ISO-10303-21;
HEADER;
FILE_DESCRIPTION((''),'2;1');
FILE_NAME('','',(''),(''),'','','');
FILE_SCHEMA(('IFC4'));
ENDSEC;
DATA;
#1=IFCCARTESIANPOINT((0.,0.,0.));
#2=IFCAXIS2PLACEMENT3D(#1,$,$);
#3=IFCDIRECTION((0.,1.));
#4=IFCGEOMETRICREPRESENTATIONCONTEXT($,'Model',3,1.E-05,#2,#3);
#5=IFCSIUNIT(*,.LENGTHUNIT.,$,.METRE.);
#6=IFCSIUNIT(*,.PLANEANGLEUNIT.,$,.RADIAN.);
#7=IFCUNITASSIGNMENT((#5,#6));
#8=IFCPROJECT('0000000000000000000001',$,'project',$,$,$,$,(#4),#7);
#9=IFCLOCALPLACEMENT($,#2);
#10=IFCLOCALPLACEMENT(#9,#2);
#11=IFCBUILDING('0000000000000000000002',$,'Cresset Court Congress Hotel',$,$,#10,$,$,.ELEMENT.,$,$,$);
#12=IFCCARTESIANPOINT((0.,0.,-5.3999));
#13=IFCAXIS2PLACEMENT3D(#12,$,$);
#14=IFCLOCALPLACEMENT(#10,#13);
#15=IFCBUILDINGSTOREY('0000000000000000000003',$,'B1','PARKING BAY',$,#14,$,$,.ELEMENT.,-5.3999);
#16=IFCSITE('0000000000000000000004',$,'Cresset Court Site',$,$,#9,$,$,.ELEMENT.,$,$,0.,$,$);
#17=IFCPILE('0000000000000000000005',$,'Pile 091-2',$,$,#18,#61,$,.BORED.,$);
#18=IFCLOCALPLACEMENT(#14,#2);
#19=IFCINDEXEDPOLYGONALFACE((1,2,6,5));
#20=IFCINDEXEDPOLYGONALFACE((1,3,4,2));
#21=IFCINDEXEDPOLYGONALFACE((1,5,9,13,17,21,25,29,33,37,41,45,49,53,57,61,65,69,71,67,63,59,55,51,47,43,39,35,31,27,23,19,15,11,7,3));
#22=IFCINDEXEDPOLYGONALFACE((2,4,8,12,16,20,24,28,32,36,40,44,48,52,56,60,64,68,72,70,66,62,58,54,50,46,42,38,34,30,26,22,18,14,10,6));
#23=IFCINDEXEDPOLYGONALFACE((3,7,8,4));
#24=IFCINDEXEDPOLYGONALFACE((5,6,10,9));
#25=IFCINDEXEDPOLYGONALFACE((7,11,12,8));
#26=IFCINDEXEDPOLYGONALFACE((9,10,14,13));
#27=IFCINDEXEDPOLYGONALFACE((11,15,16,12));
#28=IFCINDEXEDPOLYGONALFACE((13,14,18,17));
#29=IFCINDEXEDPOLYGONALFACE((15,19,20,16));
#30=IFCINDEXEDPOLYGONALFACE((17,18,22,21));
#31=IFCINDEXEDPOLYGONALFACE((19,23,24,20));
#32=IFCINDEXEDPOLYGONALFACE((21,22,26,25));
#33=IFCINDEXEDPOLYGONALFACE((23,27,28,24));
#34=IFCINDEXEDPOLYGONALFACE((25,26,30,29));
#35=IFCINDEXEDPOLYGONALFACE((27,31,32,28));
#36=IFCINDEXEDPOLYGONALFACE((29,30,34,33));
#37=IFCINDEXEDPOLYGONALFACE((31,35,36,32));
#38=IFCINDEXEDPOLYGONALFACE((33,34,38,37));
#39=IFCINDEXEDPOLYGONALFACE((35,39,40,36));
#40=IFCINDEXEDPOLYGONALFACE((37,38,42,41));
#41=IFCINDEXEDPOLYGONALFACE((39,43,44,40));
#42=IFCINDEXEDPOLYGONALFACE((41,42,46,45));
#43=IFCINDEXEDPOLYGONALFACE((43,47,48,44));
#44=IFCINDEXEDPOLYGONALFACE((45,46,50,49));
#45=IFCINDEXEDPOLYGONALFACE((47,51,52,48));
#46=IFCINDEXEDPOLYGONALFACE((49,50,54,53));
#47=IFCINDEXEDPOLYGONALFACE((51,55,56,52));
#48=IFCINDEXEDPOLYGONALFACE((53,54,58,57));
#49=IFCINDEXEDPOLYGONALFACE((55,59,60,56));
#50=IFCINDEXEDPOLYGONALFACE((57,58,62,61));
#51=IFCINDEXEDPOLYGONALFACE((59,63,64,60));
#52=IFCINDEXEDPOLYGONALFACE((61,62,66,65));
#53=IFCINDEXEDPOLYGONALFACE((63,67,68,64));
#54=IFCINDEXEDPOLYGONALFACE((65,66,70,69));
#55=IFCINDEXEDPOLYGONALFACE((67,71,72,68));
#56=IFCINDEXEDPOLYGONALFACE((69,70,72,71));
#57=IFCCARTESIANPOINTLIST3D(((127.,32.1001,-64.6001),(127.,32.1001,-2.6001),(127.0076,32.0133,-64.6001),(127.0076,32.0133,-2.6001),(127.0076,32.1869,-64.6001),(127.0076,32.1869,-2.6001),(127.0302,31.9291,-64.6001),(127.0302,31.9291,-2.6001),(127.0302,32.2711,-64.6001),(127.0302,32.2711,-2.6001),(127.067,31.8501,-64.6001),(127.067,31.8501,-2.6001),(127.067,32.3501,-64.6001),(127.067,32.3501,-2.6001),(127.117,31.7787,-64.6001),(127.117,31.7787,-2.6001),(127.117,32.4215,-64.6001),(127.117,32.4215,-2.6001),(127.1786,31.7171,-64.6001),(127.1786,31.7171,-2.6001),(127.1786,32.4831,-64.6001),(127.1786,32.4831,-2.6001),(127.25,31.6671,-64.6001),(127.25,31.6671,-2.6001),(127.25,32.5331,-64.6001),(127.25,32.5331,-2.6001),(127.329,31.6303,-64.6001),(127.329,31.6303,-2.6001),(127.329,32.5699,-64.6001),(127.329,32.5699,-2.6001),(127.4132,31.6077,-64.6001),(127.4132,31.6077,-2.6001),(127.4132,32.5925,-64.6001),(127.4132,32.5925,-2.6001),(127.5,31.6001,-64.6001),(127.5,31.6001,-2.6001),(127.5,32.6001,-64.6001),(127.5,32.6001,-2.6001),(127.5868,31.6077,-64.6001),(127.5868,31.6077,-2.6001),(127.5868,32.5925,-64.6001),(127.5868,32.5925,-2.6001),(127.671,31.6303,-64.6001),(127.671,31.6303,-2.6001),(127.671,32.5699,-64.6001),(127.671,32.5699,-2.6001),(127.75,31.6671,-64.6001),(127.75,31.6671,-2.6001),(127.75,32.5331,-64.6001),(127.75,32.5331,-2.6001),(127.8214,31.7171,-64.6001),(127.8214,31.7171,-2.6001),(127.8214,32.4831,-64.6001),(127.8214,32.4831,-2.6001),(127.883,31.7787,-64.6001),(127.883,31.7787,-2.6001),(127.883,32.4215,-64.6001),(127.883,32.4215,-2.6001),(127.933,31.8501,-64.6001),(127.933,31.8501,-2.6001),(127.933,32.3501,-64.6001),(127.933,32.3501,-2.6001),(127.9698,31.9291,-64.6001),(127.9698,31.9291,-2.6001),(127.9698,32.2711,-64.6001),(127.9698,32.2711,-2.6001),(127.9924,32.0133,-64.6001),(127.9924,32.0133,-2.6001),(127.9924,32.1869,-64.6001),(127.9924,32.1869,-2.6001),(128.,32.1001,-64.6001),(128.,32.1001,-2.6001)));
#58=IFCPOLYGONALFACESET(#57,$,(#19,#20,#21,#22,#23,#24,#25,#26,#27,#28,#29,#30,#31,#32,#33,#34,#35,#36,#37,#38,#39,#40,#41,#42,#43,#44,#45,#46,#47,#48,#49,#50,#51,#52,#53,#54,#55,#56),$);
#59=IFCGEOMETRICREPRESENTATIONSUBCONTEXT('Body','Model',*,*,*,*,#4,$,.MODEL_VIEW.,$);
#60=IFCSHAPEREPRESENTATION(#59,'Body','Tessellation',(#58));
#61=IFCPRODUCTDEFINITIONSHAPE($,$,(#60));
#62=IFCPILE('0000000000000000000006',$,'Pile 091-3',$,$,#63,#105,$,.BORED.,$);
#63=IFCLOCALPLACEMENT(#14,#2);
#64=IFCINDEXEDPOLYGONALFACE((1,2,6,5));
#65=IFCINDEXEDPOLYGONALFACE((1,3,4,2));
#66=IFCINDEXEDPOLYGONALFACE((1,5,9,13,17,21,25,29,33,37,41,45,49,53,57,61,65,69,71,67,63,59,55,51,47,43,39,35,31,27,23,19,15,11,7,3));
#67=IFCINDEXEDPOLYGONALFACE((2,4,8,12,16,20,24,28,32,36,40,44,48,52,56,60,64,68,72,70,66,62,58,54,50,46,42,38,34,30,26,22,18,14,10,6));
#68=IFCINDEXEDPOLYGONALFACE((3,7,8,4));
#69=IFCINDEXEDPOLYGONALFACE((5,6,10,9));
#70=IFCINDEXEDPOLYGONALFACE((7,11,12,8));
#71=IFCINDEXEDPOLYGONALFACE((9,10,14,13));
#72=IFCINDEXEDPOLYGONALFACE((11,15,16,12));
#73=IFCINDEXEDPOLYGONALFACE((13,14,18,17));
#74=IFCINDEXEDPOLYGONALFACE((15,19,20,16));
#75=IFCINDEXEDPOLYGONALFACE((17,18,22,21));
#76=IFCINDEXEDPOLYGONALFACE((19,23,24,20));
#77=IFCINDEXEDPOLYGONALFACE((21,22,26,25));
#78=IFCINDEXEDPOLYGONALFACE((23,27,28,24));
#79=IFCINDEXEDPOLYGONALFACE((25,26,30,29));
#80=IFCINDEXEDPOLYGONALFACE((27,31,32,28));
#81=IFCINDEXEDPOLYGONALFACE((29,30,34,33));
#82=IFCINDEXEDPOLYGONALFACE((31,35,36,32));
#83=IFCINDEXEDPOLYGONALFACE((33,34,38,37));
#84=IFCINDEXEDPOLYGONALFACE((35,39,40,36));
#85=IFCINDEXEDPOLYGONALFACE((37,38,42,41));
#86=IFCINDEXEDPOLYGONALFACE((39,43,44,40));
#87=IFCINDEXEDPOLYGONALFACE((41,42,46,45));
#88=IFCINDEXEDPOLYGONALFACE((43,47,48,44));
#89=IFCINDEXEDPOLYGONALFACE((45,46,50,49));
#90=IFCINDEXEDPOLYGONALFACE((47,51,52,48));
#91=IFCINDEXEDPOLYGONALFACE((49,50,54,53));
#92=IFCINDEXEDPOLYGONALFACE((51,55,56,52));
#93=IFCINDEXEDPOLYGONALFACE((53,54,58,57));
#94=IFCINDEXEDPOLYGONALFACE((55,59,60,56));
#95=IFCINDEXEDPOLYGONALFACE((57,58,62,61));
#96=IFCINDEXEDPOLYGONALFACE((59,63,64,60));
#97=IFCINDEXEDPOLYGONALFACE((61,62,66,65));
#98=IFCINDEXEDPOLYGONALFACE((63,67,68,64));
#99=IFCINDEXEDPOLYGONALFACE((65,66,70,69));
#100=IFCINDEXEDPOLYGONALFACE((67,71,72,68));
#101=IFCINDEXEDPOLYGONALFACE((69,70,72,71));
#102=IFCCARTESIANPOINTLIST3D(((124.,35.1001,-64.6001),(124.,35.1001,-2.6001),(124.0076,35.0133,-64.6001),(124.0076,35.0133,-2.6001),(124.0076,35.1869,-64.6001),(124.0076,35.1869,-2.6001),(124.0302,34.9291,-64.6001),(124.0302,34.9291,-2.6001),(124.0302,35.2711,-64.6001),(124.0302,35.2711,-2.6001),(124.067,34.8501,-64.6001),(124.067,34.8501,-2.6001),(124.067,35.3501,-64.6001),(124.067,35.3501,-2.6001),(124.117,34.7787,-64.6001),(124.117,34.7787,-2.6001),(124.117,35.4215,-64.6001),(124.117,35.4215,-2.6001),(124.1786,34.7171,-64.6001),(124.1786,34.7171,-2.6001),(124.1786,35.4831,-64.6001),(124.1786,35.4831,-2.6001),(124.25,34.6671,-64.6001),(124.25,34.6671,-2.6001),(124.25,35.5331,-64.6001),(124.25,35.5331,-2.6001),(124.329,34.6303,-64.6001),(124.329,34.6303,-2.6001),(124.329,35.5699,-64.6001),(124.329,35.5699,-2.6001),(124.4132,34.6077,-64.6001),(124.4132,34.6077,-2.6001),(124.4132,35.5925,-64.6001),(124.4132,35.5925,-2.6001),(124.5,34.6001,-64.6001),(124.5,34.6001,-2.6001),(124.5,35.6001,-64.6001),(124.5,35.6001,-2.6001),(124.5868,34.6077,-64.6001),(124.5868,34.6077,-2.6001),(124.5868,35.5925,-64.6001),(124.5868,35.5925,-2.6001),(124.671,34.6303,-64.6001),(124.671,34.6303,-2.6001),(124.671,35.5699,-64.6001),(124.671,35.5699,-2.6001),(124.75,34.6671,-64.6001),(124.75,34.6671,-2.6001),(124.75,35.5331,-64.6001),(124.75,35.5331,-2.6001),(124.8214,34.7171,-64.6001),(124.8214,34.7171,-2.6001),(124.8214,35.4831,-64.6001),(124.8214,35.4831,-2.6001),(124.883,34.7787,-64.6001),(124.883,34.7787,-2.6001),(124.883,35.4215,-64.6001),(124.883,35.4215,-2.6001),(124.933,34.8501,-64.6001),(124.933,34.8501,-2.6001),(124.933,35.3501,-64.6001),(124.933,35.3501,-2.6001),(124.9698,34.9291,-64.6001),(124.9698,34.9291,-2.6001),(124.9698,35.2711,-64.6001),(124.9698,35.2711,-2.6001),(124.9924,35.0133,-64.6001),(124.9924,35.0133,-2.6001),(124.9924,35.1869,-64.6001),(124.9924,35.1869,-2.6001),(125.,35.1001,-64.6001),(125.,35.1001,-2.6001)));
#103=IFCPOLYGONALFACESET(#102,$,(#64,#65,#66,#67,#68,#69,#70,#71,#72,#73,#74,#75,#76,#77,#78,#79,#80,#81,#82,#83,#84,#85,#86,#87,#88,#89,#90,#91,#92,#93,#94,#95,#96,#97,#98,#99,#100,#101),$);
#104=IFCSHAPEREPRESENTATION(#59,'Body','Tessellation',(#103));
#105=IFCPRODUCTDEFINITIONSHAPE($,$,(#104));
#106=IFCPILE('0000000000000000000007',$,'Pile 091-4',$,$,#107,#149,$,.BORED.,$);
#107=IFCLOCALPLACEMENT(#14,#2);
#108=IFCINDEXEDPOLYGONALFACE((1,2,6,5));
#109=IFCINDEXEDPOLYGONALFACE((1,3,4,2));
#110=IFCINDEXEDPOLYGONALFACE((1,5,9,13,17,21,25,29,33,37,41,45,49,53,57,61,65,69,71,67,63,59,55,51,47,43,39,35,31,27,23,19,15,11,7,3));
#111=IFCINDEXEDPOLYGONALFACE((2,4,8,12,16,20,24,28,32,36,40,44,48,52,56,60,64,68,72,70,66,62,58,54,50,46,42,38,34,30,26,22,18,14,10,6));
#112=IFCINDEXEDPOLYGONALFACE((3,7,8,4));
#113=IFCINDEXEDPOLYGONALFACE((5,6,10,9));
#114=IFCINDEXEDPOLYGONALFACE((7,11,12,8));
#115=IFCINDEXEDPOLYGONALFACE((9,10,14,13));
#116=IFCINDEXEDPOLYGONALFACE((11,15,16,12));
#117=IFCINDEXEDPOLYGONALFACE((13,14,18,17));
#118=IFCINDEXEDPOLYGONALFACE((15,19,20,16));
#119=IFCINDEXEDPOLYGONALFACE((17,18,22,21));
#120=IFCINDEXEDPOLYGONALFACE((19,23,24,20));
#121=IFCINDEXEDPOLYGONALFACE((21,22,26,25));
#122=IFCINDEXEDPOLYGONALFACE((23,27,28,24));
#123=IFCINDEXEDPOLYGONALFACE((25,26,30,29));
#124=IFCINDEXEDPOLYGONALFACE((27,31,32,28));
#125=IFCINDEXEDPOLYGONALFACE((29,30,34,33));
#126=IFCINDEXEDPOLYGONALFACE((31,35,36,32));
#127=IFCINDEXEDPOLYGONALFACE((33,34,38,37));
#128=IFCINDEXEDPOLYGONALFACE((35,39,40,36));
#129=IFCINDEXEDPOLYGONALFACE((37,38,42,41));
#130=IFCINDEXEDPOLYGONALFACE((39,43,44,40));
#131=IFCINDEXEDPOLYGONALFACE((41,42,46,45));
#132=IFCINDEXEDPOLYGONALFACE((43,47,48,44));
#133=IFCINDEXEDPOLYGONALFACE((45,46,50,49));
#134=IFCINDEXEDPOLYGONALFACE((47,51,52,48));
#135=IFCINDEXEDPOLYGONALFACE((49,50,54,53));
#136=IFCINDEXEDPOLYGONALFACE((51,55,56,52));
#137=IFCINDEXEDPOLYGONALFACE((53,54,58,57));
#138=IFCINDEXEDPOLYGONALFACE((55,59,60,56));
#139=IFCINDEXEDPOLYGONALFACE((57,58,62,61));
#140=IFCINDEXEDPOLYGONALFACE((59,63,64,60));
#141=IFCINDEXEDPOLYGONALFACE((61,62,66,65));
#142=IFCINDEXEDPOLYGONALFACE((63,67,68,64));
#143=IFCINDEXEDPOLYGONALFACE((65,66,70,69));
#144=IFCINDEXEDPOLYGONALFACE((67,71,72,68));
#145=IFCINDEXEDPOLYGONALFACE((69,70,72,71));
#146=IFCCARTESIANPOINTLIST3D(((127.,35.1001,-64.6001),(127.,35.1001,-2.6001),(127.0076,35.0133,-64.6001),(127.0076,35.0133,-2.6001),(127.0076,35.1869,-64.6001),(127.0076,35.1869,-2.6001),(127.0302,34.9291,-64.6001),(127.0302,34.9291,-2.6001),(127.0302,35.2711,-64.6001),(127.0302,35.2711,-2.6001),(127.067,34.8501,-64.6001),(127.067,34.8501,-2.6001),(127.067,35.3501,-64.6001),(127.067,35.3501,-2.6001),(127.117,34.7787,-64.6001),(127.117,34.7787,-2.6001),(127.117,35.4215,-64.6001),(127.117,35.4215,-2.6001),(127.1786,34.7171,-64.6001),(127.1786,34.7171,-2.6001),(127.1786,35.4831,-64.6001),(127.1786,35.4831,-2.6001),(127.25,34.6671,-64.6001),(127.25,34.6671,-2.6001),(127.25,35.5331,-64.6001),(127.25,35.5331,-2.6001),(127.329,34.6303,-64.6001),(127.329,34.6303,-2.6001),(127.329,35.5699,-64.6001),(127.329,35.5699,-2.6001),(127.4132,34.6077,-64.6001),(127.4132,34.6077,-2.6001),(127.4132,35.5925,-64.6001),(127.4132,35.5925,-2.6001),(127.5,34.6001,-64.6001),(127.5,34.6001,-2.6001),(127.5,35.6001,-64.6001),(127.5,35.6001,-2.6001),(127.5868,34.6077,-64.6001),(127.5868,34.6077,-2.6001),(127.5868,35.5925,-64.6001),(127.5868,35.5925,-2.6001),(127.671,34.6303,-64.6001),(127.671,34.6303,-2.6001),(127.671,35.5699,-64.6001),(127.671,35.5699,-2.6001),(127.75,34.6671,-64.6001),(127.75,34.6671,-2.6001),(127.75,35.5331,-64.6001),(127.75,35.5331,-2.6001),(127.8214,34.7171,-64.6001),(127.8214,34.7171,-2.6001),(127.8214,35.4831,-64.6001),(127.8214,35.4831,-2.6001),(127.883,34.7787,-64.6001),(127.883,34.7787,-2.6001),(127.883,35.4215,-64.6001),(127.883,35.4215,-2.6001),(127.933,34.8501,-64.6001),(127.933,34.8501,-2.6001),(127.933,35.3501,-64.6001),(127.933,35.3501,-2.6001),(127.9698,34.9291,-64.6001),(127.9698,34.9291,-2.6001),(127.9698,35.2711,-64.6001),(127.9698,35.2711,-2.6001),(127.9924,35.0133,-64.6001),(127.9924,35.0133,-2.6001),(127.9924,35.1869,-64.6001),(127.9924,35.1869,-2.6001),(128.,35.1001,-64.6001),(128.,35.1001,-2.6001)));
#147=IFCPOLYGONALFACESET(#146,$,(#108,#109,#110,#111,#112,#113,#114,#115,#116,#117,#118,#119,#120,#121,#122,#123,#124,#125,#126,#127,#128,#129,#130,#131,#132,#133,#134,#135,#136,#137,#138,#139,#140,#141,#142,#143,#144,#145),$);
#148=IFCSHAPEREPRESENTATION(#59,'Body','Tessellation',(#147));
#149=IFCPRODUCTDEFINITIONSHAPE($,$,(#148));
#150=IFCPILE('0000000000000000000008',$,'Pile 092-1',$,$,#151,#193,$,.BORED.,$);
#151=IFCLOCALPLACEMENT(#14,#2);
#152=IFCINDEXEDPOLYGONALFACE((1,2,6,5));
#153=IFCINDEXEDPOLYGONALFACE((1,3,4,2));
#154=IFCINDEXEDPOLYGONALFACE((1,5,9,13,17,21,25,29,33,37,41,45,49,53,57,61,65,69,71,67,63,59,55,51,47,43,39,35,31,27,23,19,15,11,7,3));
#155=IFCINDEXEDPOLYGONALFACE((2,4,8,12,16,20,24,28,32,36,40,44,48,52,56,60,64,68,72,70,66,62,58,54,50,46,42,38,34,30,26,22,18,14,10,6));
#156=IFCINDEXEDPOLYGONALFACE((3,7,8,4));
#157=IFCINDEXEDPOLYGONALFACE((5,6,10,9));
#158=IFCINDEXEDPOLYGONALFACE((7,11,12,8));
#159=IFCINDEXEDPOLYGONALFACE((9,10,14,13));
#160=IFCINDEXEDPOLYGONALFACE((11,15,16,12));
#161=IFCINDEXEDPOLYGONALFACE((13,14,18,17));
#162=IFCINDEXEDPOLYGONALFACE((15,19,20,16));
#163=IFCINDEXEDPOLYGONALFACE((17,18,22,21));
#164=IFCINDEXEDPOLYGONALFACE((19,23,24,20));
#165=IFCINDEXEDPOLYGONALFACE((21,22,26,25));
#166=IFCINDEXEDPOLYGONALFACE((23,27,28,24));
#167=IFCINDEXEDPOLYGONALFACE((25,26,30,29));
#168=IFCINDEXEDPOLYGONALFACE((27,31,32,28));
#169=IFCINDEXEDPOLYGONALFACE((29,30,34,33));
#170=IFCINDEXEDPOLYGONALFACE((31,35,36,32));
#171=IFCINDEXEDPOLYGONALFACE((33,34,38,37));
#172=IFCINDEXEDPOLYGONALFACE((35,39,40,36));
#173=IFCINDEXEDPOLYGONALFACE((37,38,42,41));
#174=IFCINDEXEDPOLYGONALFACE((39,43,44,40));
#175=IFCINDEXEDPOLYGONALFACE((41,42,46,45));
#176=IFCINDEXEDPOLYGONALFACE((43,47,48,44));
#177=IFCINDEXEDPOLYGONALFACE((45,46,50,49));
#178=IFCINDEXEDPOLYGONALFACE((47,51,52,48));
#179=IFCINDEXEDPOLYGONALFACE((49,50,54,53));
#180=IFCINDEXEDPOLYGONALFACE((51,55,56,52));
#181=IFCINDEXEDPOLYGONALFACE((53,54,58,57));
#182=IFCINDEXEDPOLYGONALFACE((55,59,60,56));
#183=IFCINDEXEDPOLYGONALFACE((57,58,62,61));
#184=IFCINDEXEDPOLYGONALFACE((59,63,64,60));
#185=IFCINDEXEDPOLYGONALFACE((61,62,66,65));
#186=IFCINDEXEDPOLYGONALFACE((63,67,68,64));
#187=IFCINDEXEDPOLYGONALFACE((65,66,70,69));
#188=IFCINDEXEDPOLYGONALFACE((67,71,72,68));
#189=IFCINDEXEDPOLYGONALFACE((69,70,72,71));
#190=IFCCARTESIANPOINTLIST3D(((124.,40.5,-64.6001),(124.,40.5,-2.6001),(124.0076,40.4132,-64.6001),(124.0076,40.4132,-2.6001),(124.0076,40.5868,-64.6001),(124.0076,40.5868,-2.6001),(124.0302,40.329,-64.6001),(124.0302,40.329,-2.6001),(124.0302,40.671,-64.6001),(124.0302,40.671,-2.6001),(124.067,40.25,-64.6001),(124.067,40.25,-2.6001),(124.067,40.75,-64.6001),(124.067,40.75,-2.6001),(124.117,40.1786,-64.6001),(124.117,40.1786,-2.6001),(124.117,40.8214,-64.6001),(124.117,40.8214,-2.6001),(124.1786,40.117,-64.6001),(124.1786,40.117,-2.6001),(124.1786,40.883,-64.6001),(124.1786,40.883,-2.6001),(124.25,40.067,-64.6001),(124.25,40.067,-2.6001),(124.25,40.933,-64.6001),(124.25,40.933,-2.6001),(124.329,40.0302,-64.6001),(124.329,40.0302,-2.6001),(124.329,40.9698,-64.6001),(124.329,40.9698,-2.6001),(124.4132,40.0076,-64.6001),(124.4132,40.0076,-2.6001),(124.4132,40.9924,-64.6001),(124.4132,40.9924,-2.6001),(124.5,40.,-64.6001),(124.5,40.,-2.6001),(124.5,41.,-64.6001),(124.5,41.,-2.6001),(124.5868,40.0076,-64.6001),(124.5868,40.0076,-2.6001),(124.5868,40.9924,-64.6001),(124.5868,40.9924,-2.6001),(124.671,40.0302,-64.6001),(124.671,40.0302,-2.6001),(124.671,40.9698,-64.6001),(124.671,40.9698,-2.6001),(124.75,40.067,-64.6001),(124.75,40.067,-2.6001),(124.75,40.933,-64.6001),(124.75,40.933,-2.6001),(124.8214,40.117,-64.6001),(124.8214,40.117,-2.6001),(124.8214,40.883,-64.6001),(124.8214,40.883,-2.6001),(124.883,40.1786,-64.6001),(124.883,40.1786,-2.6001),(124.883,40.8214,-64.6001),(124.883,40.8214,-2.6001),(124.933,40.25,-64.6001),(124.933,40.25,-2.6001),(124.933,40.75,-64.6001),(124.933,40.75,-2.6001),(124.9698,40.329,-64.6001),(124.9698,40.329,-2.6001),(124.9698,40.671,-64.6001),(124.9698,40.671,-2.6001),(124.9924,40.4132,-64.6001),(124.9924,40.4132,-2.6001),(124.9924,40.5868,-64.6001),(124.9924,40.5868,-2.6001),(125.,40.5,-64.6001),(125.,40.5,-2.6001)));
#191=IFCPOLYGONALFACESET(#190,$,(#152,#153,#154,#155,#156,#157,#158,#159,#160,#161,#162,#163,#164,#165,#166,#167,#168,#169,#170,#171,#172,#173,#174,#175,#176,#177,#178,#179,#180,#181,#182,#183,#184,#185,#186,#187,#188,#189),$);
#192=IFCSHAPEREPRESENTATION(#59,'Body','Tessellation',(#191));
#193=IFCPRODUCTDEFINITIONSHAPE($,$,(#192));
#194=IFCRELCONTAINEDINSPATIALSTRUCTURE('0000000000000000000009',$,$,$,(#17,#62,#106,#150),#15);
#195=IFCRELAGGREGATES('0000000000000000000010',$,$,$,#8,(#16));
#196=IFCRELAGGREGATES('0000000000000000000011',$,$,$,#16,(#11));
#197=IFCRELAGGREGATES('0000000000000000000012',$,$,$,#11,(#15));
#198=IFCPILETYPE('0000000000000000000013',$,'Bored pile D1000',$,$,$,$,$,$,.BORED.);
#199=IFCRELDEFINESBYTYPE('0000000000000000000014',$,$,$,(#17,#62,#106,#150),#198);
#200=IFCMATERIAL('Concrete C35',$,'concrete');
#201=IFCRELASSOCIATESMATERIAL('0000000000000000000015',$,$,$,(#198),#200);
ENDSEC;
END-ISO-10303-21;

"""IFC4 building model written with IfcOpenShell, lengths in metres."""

from ifc_helpers import new_model, si_unit, direction, frame, origin, origin_2d, place, context, subcontext, project, spatial, circle, extrude, material, type_object, element, save


model = new_model("IFC4")

# Units and contexts
model_context = context("Model", 3, precision=1e-05, world=origin(), true_north=direction((0.0, 1.0)))
body_context = subcontext(model_context, "Body", "Model", "MODEL_VIEW")
ifc_project = project(units=[si_unit("LENGTHUNIT", "METRE"), si_unit("PLANEANGLEUNIT", "RADIAN")], contexts=[model_context])

# Site, building, storey
site_placement = place(None, origin())
site = spatial("IfcSite", under=ifc_project, at=site_placement, Name="Cresset Court Site", CompositionType="ELEMENT", RefElevation=0.0)
building_placement = place(site_placement, origin())
building = spatial("IfcBuilding", under=site, at=building_placement, Name="Cresset Court Congress Hotel", CompositionType="ELEMENT")
storey_placement = place(building_placement, frame((0.0, 0.0, -5.3999)))
storey = spatial("IfcBuildingStorey", under=building, at=storey_placement, Name="B1", Description="PARKING BAY", CompositionType="ELEMENT", Elevation=-5.3999)

# Piles
ifc_material_1 = material(Name="Concrete C35", Category="concrete")
pile_type = type_object("IfcPileType", Name="Bored pile D1000", PredefinedType="BORED", material=ifc_material_1)
for number, where, z_axis, x_axis, name in (
    (1, (127.5, 32.1001, -2.6001), (0.0, 0.0, -1.0), (1.0, 0.0, 0.0), "Pile 091-2"),
    (2, (124.5, 35.1001, -2.6001), (0.0, 0.0, -1.0), (1.0, 0.0, 0.0), "Pile 091-3"),
    (3, (127.5, 35.1001, -2.6001), (0.0, 0.0, -1.0), (1.0, 0.0, 0.0), "Pile 091-4"),
    (4, (124.5, 40.5, -2.6001), (0.0, 0.0, -1.0), (1.0, 0.0, 0.0), "Pile 092-1"),
):
    element("IfcPile", number, at=place(storey_placement, frame(where, z_axis=z_axis, x_axis=x_axis)), inside=storey, type_object=pile_type, Name=name, PredefinedType="BORED", context=body_context, shape_type="SweptSolid", body=[
        extrude(circle(Radius=0.5, at=origin_2d()), origin(), (0.0, 0.0, 1.0), 62.0),
    ])

save(model, "model.ifc")
